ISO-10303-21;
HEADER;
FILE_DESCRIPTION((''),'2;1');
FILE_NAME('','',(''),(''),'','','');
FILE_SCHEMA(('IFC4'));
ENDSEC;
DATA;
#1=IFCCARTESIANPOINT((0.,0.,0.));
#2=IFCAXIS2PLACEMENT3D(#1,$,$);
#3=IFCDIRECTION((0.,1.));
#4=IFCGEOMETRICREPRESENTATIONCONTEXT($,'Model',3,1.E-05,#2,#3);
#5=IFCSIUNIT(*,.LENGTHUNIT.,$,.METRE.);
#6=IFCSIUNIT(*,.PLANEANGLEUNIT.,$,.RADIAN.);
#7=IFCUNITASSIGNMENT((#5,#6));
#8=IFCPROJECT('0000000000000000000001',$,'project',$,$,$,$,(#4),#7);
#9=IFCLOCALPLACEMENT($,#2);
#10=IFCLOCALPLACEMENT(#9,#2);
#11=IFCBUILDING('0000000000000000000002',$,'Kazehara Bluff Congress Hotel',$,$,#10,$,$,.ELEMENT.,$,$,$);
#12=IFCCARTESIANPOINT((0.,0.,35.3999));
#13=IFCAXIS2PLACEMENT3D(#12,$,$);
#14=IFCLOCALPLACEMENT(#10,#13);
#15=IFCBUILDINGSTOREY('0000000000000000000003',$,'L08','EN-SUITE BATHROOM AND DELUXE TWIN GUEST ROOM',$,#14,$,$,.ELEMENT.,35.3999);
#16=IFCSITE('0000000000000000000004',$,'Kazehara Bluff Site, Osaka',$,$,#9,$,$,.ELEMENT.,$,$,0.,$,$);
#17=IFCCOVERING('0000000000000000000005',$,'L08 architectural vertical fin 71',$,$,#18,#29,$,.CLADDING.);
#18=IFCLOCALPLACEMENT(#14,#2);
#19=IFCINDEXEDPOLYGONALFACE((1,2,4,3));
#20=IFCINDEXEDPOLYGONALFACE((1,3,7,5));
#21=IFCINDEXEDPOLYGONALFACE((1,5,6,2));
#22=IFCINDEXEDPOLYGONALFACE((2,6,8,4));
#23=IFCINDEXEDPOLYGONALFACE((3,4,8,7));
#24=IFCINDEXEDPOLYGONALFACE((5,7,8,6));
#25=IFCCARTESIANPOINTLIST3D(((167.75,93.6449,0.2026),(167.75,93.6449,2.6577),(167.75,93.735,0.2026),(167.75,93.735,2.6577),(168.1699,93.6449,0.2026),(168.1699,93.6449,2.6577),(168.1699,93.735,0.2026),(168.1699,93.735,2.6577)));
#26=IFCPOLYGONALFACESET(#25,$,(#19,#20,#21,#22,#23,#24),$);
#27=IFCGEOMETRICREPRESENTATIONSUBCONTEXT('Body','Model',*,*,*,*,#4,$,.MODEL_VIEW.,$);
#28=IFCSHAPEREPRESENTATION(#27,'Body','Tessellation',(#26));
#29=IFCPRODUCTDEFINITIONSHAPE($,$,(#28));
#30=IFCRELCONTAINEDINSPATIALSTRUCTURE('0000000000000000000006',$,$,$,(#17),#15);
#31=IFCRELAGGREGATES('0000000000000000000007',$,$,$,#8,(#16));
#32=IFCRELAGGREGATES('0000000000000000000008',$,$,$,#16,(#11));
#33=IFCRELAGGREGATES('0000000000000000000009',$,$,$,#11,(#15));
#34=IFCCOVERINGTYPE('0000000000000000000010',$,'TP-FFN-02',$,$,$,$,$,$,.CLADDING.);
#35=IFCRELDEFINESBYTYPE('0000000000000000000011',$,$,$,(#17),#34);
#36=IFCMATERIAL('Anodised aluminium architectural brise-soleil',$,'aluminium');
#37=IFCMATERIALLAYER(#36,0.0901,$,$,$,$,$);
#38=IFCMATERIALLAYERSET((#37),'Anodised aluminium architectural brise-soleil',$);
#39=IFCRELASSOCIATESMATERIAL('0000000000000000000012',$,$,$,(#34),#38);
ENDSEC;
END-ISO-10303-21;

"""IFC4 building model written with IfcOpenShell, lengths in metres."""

from ifc_helpers import new_model, si_unit, direction, frame, origin, origin_2d, place, context, subcontext, project, spatial, rectangle, extrude, material, layer, layer_set, type_object, element, save


model = new_model("IFC4")

# Units and contexts
model_context = context("Model", 3, precision=1e-05, world=origin(), true_north=direction((0.0, 1.0)))
body_context = subcontext(model_context, "Body", "Model", "MODEL_VIEW")
ifc_project = project(units=[si_unit("LENGTHUNIT", "METRE"), si_unit("PLANEANGLEUNIT", "RADIAN")], contexts=[model_context])

# Site, building, storey
site_placement = place(None, origin())
site = spatial("IfcSite", under=ifc_project, at=site_placement, Name="Kazehara Bluff Site, Osaka", CompositionType="ELEMENT", RefElevation=0.0)
building_placement = place(site_placement, origin())
building = spatial("IfcBuilding", under=site, at=building_placement, Name="Kazehara Bluff Congress Hotel", CompositionType="ELEMENT")
storey_placement = place(building_placement, frame((0.0, 0.0, 35.3999)))
storey = spatial("IfcBuildingStorey", under=building, at=storey_placement, Name="L08", Description="EN-SUITE BATHROOM AND DELUXE TWIN GUEST ROOM", CompositionType="ELEMENT", Elevation=35.3999)

# Covering
ifc_material_1 = material(Name="Anodised aluminium architectural brise-soleil", Category="aluminium")
ifc_layer_1 = layer(ifc_material_1, 0.0901)
ifc_layer_set_1 = layer_set([ifc_layer_1], Name="Anodised aluminium architectural brise-soleil")
covering_type = type_object("IfcCoveringType", Name="TP-FFN-02", PredefinedType="CLADDING", material=ifc_layer_set_1)
for number, where, z_axis, x_axis, name in (
    (1, (167.96, 93.6899, 0.2026), (0.0, 0.0, 1.0), (1.0, 0.0, 0.0), "L08 architectural vertical fin 71"),
):
    element("IfcCovering", number, at=place(storey_placement, frame(where, z_axis=z_axis, x_axis=x_axis)), inside=storey, type_object=covering_type, Name=name, PredefinedType="CLADDING", context=body_context, shape_type="SweptSolid", body=[
        extrude(rectangle(XDim=0.4199, YDim=0.0901, at=origin_2d()), origin(), (0.0, 0.0, 1.0), 2.4551),
    ])

save(model, "model.ifc")
